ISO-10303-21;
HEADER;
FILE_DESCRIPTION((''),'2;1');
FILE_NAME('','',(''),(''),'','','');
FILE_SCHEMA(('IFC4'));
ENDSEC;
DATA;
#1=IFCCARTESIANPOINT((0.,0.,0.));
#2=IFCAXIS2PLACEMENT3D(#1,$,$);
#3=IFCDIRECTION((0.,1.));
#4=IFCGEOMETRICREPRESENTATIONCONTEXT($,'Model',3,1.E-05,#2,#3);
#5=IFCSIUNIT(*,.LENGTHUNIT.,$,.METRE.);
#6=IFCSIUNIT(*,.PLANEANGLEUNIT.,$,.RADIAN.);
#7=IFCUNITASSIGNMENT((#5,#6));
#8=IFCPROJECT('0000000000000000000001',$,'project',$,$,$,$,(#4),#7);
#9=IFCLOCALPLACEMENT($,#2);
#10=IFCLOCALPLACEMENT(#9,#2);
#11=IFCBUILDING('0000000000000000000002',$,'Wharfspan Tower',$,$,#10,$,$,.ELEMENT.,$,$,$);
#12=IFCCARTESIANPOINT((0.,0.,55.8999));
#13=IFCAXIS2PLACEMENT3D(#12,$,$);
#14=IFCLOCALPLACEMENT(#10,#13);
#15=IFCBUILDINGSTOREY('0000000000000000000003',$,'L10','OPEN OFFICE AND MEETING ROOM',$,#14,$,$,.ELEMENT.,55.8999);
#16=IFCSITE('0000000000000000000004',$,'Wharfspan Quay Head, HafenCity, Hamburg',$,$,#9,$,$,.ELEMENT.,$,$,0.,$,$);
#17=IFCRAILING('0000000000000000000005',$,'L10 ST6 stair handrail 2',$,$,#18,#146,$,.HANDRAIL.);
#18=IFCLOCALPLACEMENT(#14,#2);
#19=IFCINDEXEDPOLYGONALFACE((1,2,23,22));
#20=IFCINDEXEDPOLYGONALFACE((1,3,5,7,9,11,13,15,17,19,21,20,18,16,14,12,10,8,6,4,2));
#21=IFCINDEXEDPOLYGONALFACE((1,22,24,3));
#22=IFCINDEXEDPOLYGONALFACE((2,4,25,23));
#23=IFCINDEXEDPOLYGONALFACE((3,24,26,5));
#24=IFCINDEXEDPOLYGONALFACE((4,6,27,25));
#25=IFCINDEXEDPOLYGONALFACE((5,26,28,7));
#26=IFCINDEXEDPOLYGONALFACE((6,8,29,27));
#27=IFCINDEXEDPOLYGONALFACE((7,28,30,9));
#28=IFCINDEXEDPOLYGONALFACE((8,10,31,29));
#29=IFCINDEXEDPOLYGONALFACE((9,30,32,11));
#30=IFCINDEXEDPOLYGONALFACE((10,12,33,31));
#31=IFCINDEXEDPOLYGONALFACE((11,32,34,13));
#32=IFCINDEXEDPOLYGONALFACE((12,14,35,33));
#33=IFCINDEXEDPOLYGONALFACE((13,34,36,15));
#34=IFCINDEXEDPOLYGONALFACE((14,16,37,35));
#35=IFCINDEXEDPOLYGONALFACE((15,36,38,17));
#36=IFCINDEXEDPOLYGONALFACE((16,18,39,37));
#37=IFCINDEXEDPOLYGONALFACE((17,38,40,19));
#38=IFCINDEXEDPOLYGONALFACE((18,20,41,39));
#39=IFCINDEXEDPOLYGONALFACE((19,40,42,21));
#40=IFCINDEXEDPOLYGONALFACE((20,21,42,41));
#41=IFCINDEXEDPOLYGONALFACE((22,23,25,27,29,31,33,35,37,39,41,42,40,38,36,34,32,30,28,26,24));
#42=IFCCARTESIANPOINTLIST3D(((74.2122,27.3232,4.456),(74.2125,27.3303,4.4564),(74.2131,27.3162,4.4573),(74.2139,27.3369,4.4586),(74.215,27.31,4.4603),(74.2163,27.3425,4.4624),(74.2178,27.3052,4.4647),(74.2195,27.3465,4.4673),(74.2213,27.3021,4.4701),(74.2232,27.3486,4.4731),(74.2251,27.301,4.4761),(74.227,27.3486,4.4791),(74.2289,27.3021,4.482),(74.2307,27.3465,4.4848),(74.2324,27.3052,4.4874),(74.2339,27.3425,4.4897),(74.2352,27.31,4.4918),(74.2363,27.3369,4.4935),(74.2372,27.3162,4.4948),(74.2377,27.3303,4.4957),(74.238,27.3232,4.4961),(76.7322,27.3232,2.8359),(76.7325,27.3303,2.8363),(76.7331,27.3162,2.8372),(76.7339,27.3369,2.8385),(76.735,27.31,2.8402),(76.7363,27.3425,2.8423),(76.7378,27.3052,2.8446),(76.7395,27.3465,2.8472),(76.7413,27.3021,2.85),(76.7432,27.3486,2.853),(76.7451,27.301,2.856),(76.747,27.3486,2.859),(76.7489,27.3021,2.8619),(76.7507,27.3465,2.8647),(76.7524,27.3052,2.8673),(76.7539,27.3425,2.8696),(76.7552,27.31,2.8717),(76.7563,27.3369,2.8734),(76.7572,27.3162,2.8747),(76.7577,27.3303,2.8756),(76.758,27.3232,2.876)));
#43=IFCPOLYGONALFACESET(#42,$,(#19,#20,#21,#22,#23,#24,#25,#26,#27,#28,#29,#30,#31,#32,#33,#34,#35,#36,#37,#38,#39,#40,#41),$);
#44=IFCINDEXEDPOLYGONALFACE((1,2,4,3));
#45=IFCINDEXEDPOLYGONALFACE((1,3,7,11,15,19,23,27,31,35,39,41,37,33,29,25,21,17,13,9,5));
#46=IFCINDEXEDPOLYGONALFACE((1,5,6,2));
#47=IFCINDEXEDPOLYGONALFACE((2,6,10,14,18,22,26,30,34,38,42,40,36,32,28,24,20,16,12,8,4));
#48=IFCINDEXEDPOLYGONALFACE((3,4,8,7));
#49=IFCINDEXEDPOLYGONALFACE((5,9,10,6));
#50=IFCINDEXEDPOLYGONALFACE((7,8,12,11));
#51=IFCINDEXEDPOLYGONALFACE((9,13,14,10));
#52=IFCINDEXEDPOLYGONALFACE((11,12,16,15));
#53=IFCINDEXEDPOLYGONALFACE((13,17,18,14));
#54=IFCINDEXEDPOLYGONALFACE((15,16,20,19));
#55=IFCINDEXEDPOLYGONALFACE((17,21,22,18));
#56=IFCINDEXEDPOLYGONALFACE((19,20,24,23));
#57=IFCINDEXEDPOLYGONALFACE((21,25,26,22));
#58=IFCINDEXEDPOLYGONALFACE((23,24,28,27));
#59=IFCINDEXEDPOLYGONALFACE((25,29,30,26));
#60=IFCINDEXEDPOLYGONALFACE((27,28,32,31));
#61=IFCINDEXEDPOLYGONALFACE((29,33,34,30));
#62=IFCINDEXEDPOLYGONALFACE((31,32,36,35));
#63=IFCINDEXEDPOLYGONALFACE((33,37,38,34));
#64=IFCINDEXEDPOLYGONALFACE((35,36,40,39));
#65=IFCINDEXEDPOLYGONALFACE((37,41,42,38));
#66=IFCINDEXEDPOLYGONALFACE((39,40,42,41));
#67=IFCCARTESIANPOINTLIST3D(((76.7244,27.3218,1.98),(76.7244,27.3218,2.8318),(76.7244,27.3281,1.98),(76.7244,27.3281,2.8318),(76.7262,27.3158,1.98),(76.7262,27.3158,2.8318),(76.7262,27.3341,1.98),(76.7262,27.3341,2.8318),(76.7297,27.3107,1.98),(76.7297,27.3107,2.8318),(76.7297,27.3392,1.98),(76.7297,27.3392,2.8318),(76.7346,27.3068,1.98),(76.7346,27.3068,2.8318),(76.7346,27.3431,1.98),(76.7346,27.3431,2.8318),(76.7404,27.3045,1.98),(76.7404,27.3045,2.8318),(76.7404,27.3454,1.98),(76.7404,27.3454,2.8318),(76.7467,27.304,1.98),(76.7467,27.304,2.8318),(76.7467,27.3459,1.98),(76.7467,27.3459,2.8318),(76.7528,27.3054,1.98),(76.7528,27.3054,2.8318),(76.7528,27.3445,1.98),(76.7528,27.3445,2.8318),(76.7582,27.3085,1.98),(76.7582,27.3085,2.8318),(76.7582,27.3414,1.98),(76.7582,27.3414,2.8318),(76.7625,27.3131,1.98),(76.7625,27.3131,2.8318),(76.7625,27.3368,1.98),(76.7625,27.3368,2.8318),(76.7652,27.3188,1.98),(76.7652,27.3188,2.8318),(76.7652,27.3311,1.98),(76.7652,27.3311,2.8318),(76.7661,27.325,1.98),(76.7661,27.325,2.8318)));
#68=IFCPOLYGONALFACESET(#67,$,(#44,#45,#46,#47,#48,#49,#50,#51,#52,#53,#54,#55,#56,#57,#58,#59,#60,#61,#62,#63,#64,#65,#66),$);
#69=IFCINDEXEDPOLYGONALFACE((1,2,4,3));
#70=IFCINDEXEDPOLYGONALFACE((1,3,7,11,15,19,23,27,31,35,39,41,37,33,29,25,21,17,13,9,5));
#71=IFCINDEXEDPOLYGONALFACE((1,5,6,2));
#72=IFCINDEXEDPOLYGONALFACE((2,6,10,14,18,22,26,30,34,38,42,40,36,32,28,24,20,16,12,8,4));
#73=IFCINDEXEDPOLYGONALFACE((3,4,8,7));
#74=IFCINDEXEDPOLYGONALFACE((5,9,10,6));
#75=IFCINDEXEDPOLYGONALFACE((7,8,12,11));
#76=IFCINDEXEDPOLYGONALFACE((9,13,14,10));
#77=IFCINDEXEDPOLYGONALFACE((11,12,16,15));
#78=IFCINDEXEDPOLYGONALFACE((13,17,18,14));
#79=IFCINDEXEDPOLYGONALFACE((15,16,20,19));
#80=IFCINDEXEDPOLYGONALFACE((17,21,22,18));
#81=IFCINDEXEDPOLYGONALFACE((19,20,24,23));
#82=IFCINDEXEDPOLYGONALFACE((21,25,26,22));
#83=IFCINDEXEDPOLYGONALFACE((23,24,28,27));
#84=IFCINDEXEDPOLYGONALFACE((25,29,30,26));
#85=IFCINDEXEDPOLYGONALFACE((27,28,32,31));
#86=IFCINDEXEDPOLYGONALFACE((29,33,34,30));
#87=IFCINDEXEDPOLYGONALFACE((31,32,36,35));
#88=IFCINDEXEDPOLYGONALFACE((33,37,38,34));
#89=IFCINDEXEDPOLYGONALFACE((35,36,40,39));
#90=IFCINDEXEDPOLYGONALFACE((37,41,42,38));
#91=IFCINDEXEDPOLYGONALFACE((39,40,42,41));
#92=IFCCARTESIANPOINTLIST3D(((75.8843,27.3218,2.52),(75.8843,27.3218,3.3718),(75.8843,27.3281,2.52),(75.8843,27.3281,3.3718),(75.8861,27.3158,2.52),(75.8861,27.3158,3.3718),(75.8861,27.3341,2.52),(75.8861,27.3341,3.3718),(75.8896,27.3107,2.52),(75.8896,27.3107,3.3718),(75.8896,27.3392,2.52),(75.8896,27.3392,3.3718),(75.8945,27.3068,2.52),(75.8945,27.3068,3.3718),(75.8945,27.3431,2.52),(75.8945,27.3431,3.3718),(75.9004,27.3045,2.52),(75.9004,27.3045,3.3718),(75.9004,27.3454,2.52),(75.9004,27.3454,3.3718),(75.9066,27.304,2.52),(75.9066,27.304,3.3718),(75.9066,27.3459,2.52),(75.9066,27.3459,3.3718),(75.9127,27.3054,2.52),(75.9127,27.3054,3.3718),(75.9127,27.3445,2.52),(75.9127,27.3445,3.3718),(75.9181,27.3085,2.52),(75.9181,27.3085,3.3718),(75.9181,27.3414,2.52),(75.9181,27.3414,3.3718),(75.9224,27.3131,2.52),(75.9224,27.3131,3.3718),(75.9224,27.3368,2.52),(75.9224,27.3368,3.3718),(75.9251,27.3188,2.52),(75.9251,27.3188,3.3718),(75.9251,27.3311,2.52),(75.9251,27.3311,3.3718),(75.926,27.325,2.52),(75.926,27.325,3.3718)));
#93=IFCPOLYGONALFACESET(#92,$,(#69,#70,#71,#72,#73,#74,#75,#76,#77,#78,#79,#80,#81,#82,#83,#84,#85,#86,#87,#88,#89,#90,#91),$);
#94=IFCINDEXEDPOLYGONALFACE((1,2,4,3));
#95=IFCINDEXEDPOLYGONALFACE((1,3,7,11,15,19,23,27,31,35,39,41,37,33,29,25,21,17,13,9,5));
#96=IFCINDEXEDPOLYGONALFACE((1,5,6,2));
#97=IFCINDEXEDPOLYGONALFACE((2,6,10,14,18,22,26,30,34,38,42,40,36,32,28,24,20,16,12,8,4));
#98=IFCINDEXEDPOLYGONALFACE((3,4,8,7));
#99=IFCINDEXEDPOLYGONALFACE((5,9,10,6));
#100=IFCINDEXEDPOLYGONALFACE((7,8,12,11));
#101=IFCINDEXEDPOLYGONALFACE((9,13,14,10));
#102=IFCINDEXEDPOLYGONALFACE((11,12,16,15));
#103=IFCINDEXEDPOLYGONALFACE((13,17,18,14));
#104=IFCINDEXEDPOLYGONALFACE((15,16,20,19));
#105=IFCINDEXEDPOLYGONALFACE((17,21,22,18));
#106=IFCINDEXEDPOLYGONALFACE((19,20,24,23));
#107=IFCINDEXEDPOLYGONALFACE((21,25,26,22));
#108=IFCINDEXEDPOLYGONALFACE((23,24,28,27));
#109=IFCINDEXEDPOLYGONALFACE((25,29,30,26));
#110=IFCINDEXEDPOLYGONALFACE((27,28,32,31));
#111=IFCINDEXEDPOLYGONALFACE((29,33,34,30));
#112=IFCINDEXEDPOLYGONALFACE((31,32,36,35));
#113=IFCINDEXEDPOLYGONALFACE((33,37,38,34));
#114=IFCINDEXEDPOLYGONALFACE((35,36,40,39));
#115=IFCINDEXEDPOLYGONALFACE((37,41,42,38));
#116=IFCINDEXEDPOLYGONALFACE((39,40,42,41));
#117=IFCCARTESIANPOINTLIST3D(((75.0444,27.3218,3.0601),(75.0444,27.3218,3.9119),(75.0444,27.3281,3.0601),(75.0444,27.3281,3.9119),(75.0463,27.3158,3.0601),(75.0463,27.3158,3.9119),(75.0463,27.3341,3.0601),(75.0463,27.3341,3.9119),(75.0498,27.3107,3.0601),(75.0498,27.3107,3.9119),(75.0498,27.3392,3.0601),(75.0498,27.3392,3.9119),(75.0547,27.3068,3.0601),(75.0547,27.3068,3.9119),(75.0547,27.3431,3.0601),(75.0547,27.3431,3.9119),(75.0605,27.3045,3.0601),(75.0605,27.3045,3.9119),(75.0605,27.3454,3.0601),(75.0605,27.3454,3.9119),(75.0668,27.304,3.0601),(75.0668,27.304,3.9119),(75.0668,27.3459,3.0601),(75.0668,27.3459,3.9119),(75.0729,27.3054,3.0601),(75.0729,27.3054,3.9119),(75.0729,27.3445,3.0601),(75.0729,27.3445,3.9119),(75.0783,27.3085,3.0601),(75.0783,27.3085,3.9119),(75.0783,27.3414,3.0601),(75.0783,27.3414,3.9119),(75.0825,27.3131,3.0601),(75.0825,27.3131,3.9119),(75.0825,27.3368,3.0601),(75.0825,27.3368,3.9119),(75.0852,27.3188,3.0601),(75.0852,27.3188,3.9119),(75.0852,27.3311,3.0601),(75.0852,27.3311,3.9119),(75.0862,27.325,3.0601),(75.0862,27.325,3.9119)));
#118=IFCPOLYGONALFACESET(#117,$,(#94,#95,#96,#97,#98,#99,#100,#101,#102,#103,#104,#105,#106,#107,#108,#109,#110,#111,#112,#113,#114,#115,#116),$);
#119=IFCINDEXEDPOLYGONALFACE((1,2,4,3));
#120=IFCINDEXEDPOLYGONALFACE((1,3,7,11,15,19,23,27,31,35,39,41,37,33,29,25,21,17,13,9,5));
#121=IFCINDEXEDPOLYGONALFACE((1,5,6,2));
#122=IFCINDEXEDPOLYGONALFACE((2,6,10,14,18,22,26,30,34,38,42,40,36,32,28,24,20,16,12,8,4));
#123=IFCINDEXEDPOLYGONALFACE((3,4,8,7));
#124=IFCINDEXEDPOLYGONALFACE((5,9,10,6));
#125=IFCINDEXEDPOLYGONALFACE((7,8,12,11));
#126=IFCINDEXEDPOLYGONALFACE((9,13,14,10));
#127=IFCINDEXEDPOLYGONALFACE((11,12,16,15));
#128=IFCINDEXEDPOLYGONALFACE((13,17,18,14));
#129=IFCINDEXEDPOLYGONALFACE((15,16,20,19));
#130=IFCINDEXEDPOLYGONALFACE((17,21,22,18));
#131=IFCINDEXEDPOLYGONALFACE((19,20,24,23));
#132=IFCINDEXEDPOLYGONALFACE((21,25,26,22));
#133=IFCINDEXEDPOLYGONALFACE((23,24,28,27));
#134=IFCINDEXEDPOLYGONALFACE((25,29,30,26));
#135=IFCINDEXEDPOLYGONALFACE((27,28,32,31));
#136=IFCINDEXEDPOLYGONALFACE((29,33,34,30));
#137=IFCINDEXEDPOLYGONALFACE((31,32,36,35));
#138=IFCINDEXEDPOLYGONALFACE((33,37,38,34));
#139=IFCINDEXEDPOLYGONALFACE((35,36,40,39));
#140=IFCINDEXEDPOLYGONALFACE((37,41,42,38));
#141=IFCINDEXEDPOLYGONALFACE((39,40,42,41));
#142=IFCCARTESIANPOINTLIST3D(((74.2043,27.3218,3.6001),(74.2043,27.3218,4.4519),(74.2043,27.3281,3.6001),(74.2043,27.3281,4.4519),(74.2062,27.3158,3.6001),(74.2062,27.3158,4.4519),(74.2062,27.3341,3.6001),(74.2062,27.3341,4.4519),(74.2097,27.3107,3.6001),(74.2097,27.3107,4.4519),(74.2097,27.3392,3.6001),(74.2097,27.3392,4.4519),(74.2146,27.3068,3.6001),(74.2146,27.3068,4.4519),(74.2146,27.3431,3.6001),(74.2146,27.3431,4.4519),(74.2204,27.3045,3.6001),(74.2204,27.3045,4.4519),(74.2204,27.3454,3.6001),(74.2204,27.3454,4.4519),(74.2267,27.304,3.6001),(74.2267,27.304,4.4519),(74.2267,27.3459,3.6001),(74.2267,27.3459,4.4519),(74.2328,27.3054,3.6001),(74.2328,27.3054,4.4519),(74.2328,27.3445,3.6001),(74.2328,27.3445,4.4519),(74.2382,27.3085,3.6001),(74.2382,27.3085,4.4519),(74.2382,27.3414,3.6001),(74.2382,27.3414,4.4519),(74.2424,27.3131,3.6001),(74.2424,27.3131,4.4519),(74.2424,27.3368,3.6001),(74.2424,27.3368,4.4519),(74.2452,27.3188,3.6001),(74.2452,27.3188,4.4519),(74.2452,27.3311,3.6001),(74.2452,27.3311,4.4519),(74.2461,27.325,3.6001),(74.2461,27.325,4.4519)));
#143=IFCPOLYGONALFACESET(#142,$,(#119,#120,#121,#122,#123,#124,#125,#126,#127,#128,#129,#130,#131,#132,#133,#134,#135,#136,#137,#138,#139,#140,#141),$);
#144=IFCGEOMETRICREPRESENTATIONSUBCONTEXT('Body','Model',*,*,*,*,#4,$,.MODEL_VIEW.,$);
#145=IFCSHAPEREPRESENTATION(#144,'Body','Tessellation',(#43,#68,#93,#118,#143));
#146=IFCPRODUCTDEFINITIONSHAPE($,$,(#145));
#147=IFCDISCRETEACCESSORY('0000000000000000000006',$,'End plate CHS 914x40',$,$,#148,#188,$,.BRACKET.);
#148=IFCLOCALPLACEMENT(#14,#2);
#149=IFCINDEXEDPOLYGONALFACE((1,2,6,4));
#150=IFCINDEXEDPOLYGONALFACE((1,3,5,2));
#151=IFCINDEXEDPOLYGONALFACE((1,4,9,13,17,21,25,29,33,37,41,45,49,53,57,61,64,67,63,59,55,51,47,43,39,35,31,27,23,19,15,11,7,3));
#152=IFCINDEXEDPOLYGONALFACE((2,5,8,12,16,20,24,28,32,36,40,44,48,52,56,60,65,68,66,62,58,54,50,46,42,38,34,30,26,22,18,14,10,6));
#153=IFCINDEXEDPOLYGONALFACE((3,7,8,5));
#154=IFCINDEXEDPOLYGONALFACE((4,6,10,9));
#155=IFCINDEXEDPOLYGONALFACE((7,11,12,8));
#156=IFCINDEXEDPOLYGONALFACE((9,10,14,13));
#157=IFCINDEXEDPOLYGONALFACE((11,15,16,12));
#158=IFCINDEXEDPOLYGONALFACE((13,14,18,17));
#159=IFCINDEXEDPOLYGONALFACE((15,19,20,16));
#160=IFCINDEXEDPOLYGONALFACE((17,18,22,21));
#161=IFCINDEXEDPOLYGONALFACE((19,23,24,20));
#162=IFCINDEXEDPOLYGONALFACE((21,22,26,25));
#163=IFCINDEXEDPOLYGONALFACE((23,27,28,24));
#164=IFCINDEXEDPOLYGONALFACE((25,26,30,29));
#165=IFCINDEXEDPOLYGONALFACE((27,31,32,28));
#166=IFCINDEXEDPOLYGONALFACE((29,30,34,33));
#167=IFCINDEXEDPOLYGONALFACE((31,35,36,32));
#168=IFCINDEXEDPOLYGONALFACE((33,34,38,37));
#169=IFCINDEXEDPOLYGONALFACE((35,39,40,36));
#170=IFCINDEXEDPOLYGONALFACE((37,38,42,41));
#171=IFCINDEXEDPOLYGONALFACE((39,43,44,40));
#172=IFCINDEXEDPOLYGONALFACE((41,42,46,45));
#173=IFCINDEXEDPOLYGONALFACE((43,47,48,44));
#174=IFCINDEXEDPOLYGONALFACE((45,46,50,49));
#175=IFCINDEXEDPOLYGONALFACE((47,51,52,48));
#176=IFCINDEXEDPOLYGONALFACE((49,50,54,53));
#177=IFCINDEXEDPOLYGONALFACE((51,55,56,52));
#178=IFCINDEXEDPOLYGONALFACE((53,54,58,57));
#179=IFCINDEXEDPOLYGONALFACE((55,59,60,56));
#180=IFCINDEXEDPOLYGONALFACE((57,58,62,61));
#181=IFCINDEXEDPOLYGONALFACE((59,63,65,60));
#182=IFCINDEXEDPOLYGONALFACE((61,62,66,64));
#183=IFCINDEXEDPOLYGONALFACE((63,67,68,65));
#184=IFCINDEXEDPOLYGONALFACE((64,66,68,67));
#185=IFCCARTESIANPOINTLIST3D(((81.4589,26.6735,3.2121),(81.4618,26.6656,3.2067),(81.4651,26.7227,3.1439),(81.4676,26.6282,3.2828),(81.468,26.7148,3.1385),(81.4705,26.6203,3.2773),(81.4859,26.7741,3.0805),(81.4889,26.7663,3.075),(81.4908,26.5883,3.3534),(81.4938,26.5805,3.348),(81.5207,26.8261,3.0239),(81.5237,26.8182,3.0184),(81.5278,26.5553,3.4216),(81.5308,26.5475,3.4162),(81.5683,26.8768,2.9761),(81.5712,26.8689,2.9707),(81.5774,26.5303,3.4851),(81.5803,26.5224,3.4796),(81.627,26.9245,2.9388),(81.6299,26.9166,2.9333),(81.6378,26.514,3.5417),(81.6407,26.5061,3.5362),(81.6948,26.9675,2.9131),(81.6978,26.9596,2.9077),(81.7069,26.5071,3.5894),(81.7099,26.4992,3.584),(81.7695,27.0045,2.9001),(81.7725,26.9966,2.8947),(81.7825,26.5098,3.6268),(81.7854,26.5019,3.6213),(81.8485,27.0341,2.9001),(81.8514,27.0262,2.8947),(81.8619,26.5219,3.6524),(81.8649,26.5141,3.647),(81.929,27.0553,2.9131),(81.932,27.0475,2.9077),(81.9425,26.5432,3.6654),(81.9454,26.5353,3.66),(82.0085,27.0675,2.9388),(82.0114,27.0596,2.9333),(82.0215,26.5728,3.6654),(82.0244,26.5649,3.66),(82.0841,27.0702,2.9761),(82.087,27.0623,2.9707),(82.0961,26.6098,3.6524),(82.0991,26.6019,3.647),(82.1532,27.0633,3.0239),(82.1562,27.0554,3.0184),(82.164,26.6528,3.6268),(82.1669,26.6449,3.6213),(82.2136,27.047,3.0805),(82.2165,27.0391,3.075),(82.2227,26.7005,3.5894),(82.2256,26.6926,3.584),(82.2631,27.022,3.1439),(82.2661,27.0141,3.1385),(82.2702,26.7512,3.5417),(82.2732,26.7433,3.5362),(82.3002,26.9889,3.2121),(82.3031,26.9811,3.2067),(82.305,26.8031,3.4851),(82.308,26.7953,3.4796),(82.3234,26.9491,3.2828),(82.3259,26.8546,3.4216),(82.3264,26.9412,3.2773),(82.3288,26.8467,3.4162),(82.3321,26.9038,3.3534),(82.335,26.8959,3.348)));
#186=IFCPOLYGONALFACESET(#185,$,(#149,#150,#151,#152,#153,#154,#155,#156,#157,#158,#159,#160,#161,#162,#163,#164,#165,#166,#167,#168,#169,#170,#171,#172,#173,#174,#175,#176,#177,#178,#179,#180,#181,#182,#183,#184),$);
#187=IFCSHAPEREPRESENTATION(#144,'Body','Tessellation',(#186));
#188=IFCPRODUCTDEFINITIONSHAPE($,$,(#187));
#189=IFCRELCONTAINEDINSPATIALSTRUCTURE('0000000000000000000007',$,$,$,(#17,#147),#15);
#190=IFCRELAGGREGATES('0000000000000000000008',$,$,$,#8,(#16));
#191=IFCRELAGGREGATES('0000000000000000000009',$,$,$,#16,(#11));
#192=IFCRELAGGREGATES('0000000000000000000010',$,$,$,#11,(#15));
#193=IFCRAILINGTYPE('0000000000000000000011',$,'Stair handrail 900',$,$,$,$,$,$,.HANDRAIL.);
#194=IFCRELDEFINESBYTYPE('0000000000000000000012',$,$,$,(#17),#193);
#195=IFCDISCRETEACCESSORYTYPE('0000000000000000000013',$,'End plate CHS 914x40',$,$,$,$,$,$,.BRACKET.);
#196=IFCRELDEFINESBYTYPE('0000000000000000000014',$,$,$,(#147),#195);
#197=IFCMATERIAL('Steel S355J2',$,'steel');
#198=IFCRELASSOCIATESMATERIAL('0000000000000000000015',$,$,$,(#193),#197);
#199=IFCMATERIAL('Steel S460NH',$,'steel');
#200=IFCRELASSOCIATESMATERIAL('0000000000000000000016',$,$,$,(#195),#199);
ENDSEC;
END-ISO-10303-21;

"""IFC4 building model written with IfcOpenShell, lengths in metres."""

from ifc_helpers import new_model, si_unit, direction, frame, origin, origin_2d, place, context, subcontext, project, spatial, circle, extrude, material, material_profile, profile_set, type_object, element, save


model = new_model("IFC4")

# Units and contexts
model_context = context("Model", 3, precision=1e-05, world=origin(), true_north=direction((0.0, 1.0)))
body_context = subcontext(model_context, "Body", "Model", "MODEL_VIEW")
ifc_project = project(units=[si_unit("LENGTHUNIT", "METRE"), si_unit("PLANEANGLEUNIT", "RADIAN")], contexts=[model_context])

# Site, building, storey
site_placement = place(None, origin())
site = spatial("IfcSite", under=ifc_project, at=site_placement, Name="Wharfspan Quay Head, HafenCity, Hamburg", CompositionType="ELEMENT", RefElevation=0.0)
building_placement = place(site_placement, origin())
building = spatial("IfcBuilding", under=site, at=building_placement, Name="Wharfspan Tower", CompositionType="ELEMENT")
storey_placement = place(building_placement, frame((0.0, 0.0, 55.8999)))
storey = spatial("IfcBuildingStorey", under=building, at=storey_placement, Name="L10", Description="OPEN OFFICE AND MEETING ROOM", CompositionType="ELEMENT", Elevation=55.8999)

# Shared definitions
ifc_material_1 = material(Name="Steel S355J2", Category="steel")

# Shared definitions
ifc_material_2 = material(Name="Steel S460NH", Category="steel")

# Railing
railing_type_1 = type_object("IfcRailingType", Name="Stair handrail 900", PredefinedType="HANDRAIL", material=ifc_material_1)
railing_1_placement = place(storey_placement, frame((76.7451, 27.325, 1.98)))
element("IfcRailing", 1, at=railing_1_placement, inside=storey, type_object=railing_type_1, Name="L10 ST6 stair handrail 2", PredefinedType="HANDRAIL", context=body_context, shape_type="SweptSolid", body=[
    extrude(circle(Radius=0.0239, at=origin_2d()), frame((0.0, 0.0, 0.876), z_axis=(-0.841163, 0.0, 0.540782), x_axis=(0.0, -1.0, 0.0)), (0.0, 0.0, 1.0), 2.9958),
    extrude(circle(Radius=0.021, at=origin_2d()), origin(), (0.0, 0.0, 1.0), 0.8518),
    extrude(circle(Radius=0.021, at=origin_2d()), frame((-0.8401, 0.0, 0.54)), (0.0, 0.0, 1.0), 0.8518),
    extrude(circle(Radius=0.021, at=origin_2d()), frame((-1.6799, 0.0, 1.0801)), (0.0, 0.0, 1.0), 0.8518),
    extrude(circle(Radius=0.021, at=origin_2d()), frame((-2.52, 0.0, 1.6201)), (0.0, 0.0, 1.0), 0.8518),
])

# Discrete accessory
ifc_material_profile_1 = material_profile(ifc_material_2, circle(Radius=0.457, at=origin_2d()))
ifc_profile_set_1 = profile_set([ifc_material_profile_1], Name="Steel S460NH")
discrete_accessory_type = type_object("IfcDiscreteAccessoryType", Name="End plate CHS 914x40", PredefinedType="BRACKET", material=ifc_profile_set_1)
for number, where, z_axis, x_axis, name in (
    (2, (81.8984, 26.7808, 3.2773), (-0.295241, 0.787309, 0.541275), (-0.936333, -0.351125, 0.0), "End plate CHS 914x40"),
):
    element("IfcDiscreteAccessory", number, at=place(storey_placement, frame(where, z_axis=z_axis, x_axis=x_axis)), inside=storey, type_object=discrete_accessory_type, Name=name, PredefinedType="BRACKET", context=body_context, shape_type="SweptSolid", body=[
        extrude(circle(Radius=0.457, at=origin_2d()), origin(), (0.0, 0.0, 1.0), 0.01),
    ])

save(model, "model.ifc")
